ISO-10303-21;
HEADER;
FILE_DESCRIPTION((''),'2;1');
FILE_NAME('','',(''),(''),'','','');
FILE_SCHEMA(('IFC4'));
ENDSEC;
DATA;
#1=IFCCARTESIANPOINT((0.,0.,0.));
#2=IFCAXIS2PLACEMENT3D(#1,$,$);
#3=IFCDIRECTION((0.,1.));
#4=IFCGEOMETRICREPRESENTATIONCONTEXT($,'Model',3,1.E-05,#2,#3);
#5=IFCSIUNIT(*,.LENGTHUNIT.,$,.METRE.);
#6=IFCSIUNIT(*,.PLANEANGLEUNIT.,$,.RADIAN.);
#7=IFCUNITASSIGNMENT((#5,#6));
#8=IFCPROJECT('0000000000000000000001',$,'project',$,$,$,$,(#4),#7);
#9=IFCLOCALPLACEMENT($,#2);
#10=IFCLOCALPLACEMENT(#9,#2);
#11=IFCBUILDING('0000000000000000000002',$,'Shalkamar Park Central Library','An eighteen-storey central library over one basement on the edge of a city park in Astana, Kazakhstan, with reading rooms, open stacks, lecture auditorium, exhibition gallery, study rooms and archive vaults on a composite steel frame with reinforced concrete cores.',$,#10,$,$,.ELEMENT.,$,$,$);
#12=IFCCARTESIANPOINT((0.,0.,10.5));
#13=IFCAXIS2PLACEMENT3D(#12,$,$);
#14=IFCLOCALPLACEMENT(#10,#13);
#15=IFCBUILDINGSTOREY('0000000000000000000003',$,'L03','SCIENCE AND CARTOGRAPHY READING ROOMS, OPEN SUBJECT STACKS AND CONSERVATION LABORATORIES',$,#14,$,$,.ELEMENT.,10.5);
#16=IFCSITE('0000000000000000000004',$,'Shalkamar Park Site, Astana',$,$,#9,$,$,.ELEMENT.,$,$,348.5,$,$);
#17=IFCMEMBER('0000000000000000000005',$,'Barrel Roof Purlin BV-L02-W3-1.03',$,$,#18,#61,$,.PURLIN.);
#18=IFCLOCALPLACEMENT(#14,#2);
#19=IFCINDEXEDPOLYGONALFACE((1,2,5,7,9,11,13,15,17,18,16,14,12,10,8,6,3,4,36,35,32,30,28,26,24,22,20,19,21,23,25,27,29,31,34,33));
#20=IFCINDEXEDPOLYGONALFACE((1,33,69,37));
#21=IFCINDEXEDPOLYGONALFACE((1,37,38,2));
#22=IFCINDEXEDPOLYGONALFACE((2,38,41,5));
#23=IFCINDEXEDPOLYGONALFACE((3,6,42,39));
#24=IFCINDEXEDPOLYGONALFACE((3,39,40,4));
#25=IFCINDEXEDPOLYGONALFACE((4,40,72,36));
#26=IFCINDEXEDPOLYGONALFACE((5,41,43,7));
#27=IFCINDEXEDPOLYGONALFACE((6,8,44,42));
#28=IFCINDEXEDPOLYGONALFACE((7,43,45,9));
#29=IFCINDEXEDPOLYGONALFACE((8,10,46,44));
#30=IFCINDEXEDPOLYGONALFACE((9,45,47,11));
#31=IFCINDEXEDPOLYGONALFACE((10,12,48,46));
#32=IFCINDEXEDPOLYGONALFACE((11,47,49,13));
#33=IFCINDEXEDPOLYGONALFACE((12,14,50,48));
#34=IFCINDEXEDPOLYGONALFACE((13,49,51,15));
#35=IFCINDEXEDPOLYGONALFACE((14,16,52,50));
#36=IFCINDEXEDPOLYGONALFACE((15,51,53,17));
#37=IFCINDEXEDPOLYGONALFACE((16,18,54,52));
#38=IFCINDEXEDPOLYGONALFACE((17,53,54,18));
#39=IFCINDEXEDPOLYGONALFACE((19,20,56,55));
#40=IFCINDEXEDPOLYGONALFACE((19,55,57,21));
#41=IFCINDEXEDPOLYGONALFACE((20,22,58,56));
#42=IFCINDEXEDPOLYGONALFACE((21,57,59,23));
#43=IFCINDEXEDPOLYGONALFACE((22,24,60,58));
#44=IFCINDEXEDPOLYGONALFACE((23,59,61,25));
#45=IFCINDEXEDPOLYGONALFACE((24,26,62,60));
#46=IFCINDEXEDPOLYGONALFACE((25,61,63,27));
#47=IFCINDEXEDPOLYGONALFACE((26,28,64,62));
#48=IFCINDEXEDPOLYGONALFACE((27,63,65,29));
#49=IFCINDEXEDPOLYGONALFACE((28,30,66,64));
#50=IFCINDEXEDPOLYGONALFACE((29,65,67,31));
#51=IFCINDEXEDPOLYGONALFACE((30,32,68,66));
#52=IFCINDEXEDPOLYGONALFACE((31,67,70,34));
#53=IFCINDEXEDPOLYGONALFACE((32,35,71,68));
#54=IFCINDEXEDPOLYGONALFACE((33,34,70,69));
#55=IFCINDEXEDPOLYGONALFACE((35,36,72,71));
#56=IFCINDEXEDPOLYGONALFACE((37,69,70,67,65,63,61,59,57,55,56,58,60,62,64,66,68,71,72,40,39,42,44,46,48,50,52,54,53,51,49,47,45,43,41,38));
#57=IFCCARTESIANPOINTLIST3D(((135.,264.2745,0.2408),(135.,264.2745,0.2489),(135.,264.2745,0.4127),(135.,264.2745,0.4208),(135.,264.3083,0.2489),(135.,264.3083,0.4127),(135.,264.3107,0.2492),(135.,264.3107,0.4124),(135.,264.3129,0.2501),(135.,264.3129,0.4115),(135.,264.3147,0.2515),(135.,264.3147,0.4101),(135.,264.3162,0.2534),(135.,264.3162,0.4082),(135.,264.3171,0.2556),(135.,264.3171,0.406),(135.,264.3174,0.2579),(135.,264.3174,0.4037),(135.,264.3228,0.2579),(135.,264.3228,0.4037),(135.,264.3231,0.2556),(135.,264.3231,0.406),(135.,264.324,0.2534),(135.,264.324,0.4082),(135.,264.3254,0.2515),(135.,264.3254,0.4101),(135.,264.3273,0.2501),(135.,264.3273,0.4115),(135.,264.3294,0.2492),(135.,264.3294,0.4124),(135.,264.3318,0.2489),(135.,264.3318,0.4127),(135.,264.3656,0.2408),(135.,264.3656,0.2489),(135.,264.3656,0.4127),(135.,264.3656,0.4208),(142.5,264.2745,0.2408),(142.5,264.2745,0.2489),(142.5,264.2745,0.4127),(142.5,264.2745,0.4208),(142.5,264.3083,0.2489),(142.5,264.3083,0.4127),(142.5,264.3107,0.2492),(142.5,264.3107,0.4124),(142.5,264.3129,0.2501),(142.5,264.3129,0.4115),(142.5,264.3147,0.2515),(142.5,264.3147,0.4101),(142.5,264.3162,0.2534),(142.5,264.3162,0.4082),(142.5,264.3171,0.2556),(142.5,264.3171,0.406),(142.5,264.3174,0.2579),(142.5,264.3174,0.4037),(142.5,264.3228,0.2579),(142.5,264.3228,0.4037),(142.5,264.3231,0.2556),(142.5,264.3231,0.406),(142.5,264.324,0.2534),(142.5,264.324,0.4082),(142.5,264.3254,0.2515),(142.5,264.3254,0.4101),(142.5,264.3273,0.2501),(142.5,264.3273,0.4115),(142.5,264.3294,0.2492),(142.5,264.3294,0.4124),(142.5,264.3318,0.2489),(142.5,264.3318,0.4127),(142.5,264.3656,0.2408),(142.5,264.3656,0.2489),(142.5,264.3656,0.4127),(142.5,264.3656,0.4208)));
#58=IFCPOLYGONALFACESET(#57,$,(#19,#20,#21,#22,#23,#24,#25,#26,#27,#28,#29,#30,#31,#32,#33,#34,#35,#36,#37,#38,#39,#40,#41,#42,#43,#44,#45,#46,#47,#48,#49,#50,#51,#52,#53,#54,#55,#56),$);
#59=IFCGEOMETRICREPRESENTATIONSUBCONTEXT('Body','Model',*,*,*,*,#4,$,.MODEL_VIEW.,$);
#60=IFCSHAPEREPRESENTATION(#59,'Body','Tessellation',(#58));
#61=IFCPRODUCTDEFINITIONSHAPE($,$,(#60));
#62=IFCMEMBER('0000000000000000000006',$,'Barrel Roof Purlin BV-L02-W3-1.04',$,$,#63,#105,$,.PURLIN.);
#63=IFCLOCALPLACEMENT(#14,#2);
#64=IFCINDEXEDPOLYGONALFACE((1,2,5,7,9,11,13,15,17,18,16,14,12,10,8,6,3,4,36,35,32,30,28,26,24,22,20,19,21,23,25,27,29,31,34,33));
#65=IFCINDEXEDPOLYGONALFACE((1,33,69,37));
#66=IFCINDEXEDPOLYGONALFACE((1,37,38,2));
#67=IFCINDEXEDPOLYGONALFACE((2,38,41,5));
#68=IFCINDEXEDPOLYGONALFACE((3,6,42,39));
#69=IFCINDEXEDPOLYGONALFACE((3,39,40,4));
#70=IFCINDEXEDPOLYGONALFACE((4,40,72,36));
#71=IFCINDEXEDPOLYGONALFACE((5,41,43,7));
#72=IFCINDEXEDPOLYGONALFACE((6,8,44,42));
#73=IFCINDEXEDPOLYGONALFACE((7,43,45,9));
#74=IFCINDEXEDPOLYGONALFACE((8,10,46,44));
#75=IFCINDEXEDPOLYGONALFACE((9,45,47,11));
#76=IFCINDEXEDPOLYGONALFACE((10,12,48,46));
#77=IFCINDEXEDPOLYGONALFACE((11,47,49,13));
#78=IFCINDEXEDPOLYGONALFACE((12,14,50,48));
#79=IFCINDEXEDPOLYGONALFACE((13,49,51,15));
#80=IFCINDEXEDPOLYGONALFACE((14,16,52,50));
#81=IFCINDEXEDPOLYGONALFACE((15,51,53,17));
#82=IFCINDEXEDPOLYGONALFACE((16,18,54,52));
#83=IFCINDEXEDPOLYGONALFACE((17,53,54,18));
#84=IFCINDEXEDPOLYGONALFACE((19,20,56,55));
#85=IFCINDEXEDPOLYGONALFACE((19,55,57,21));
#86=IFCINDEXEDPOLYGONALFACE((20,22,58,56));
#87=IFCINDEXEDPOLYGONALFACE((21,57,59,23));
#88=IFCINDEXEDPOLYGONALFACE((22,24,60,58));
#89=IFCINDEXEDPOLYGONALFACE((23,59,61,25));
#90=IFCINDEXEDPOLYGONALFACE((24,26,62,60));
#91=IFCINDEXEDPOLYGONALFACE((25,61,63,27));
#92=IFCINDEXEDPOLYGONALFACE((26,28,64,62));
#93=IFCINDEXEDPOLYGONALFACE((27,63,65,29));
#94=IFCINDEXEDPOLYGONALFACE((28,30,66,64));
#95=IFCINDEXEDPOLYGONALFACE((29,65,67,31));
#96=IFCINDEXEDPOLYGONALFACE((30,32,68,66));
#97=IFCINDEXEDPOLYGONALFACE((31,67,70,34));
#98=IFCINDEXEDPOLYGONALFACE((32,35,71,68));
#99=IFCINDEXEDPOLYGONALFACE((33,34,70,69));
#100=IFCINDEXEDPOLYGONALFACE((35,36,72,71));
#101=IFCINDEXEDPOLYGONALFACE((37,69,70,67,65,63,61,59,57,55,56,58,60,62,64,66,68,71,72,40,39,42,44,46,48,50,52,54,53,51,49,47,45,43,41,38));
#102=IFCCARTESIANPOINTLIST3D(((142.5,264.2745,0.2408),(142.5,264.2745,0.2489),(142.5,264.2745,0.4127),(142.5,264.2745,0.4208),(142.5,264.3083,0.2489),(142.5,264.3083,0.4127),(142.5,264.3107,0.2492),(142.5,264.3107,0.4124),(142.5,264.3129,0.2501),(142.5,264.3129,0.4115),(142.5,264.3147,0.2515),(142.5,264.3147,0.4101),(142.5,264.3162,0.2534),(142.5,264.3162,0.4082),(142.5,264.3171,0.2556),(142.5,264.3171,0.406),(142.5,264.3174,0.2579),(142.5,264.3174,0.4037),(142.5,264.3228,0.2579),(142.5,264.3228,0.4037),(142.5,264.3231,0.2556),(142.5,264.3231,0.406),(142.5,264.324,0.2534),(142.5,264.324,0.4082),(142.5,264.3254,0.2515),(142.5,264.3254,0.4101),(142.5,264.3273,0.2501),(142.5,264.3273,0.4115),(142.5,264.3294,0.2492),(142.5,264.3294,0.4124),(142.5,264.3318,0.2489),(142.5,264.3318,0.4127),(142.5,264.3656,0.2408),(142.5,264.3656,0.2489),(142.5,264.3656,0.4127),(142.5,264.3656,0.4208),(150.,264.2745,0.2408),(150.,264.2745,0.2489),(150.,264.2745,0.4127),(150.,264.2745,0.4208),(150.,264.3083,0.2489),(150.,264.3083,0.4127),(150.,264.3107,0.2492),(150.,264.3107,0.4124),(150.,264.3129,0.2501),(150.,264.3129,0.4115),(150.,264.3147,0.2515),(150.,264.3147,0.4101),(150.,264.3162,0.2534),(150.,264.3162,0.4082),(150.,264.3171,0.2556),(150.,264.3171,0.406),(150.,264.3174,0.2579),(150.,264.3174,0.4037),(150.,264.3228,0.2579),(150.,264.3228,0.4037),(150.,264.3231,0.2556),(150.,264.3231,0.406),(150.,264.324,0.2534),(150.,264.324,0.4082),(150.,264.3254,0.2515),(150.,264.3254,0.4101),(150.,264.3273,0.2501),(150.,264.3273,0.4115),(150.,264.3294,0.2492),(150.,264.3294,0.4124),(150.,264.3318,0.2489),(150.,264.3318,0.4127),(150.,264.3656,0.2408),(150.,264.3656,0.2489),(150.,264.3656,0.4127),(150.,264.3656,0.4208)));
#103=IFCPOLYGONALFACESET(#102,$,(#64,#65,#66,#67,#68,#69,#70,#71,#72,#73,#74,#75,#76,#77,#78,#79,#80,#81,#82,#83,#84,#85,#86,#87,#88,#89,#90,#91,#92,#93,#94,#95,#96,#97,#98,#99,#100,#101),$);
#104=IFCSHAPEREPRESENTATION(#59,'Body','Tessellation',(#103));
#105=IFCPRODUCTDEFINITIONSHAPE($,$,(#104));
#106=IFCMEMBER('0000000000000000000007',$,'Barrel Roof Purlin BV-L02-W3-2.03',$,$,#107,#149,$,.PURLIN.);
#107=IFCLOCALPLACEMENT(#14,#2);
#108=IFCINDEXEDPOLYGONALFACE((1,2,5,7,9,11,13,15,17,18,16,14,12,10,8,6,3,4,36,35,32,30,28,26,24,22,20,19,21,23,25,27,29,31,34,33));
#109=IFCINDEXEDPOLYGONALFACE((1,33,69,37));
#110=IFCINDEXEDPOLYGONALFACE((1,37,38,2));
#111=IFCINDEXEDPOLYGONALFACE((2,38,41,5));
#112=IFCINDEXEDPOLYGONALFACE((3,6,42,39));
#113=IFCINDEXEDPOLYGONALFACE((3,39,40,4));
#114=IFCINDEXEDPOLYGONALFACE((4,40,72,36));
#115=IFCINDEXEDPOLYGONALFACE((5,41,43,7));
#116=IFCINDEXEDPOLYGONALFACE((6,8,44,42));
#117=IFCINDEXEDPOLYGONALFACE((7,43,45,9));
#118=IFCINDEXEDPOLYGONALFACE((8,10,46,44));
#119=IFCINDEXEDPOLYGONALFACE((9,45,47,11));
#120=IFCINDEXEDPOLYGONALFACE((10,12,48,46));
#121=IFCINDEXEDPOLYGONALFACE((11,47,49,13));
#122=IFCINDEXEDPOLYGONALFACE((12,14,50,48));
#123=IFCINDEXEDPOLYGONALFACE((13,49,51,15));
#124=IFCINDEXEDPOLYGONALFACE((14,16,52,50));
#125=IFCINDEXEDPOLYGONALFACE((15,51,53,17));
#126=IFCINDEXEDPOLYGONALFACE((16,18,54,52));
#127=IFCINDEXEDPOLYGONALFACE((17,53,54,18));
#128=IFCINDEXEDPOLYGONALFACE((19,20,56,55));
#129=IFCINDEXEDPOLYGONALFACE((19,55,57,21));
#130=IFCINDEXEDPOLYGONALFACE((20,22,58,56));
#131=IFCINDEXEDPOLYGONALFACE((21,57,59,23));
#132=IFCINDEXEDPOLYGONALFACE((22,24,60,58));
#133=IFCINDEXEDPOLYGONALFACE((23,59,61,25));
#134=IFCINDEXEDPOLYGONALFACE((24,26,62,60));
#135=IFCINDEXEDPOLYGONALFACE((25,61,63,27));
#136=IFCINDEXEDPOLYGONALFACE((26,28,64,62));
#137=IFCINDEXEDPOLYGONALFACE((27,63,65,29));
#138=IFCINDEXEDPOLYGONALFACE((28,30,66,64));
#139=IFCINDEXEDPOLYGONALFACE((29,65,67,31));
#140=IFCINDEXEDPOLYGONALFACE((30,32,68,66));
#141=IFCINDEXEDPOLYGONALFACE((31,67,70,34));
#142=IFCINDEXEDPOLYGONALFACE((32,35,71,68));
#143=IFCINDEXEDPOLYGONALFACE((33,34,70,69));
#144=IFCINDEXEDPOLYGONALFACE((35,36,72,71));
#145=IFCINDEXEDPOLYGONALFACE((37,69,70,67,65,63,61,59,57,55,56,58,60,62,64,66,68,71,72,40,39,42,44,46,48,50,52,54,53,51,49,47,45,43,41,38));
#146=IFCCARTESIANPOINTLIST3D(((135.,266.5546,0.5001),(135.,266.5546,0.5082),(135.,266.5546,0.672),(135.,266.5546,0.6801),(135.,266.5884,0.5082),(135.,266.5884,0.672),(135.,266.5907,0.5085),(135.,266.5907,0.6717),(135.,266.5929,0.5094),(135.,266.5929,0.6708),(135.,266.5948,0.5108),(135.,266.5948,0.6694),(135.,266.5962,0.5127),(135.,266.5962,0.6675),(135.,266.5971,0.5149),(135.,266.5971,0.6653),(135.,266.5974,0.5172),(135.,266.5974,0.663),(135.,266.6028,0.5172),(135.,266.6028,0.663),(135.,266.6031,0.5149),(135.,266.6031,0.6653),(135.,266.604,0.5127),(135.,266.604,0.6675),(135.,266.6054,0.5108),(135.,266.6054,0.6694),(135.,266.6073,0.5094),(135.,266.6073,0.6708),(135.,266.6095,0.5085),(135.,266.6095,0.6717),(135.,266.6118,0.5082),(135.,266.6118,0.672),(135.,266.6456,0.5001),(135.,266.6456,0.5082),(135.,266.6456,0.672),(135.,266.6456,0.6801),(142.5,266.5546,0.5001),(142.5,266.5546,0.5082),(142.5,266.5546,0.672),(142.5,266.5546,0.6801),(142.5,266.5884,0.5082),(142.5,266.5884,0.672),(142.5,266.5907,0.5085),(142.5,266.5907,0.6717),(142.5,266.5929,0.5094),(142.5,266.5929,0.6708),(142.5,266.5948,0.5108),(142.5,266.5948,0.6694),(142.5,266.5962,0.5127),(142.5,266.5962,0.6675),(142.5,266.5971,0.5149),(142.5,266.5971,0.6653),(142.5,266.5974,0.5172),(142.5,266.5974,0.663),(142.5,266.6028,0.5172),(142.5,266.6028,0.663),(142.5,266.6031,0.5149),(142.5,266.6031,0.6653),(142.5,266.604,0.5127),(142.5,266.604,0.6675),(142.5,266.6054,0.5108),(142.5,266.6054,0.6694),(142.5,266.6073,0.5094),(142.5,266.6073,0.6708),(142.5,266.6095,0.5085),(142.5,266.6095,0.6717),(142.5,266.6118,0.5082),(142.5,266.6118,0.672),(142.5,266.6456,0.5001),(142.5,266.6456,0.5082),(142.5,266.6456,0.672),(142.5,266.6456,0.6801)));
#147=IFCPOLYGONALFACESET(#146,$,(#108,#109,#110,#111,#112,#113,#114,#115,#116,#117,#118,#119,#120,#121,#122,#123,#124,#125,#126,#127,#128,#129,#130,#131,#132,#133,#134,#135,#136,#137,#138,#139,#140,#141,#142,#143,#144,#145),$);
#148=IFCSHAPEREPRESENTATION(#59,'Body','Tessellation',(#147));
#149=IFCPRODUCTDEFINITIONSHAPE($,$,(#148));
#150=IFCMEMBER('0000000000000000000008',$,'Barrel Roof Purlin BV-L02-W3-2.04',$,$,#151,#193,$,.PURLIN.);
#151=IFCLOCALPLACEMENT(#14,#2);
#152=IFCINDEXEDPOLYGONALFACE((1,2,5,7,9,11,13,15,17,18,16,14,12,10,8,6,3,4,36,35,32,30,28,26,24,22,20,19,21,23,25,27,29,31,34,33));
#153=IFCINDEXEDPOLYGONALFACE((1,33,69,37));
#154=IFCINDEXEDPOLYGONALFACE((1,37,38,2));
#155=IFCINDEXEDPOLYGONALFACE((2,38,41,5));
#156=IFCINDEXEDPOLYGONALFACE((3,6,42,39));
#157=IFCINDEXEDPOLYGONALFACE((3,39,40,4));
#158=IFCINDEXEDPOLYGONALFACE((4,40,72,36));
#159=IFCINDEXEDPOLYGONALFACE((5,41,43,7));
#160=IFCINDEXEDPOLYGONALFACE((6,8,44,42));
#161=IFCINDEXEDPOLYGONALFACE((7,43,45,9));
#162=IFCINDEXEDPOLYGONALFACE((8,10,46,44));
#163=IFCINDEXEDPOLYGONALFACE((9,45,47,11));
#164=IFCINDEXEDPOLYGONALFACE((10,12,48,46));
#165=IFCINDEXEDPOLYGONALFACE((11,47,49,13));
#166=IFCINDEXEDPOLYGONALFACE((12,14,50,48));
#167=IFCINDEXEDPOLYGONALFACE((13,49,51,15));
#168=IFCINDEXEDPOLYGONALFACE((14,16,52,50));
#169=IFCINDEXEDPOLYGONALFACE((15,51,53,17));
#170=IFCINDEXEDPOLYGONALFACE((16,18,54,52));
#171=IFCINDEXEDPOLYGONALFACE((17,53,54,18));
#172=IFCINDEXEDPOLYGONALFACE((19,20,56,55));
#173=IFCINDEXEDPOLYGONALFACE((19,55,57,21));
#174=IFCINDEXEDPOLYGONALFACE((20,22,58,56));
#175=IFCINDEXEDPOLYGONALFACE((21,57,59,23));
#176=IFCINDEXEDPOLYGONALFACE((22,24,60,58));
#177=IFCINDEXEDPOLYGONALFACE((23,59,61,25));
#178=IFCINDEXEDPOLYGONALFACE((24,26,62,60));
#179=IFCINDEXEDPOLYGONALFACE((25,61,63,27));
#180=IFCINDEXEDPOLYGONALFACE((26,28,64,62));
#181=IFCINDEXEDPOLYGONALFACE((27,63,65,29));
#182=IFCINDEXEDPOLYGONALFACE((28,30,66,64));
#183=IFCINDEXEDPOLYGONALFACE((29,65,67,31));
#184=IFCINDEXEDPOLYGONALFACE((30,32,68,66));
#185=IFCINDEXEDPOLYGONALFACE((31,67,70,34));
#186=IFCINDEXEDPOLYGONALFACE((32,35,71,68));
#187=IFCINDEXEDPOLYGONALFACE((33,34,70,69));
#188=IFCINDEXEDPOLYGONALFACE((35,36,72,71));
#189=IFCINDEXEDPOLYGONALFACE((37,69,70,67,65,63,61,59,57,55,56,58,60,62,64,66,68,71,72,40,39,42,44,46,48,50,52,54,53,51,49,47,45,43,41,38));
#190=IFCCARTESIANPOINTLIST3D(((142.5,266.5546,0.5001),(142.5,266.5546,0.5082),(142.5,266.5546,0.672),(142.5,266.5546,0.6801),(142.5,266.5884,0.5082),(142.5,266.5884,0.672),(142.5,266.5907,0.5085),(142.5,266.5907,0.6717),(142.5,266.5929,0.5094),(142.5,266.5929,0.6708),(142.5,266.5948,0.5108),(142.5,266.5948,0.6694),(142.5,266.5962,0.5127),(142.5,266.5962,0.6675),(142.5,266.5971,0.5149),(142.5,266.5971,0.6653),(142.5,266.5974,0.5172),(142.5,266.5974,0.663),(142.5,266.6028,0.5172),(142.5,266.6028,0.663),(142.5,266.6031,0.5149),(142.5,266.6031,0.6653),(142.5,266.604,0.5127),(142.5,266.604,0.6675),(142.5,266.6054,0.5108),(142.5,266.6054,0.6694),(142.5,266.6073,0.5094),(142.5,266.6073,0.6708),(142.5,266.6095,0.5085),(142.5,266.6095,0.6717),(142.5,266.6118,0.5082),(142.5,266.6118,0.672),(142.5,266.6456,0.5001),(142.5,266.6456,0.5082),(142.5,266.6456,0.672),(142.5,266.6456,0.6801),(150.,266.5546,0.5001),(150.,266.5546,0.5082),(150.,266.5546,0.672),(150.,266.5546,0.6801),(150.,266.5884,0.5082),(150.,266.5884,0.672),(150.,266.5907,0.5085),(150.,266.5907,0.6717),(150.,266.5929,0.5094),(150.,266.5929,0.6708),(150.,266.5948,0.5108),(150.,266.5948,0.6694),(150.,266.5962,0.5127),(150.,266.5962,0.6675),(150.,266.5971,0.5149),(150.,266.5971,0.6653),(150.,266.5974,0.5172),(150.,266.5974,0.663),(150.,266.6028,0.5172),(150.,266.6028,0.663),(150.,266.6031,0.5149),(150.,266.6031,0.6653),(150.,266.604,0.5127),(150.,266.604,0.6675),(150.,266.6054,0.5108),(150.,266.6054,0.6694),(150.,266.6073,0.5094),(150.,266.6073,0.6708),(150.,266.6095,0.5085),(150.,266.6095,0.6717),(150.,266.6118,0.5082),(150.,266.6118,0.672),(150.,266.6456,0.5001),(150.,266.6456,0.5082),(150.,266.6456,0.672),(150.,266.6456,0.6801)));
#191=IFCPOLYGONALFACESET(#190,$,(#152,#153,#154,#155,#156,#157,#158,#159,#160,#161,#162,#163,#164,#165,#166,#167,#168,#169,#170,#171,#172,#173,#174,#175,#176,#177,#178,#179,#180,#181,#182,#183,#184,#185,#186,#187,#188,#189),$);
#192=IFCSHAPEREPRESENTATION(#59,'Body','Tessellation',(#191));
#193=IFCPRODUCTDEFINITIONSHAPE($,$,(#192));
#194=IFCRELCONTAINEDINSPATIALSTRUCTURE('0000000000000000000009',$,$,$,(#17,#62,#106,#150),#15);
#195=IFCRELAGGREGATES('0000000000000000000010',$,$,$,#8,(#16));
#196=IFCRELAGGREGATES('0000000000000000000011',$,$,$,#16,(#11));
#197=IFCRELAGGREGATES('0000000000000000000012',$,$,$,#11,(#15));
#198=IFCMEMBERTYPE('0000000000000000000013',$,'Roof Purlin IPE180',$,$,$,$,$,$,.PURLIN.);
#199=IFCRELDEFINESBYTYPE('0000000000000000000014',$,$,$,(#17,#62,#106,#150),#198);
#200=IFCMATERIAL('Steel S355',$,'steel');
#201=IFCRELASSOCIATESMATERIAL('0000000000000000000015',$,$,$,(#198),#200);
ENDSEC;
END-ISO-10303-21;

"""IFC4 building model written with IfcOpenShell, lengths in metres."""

from ifc_helpers import new_model, si_unit, direction, frame, origin, origin_2d, place, context, subcontext, project, spatial, i_section, extrude, material, material_profile, profile_set, type_object, element, save


model = new_model("IFC4")

# Units and contexts
model_context = context("Model", 3, precision=1e-05, world=origin(), true_north=direction((0.0, 1.0)))
body_context = subcontext(model_context, "Body", "Model", "MODEL_VIEW")
ifc_project = project(units=[si_unit("LENGTHUNIT", "METRE"), si_unit("PLANEANGLEUNIT", "RADIAN")], contexts=[model_context])

# Site, building, storey
site_placement = place(None, origin())
site = spatial("IfcSite", under=ifc_project, at=site_placement, Name="Shalkamar Park Site, Astana", CompositionType="ELEMENT", RefElevation=348.5)
building_placement = place(site_placement, origin())
building = spatial("IfcBuilding", under=site, at=building_placement, Name="Shalkamar Park Central Library", Description="An eighteen-storey central library over one basement on the edge of a city park in Astana, Kazakhstan, with reading rooms, open stacks, lecture auditorium, exhibition gallery, study rooms and archive vaults on a composite steel frame with reinforced concrete cores.", CompositionType="ELEMENT")
storey_placement = place(building_placement, frame((0.0, 0.0, 10.5)))
storey = spatial("IfcBuildingStorey", under=building, at=storey_placement, Name="L03", Description="SCIENCE AND CARTOGRAPHY READING ROOMS, OPEN SUBJECT STACKS AND CONSERVATION LABORATORIES", CompositionType="ELEMENT", Elevation=10.5)

# Members
ifc_material_1 = material(Name="Steel S355", Category="steel")
ifc_material_profile_1 = material_profile(ifc_material_1, i_section(OverallWidth=0.0911, OverallDepth=0.1799, WebThickness=0.0054, FlangeThickness=0.0081, FilletRadius=0.009, at=origin_2d()), Name="IPE 180")
ifc_profile_set_1 = profile_set([ifc_material_profile_1], Name="Steel S355")
member_type_1 = type_object("IfcMemberType", Name="Roof Purlin IPE180", PredefinedType="PURLIN", material=ifc_profile_set_1)
for number, where, z_axis, x_axis, name in (
    (1, (135.0, 264.3201, 0.3308), (1.0, 0.0, 0.0), (0.0, 1.0, 0.0), "Barrel Roof Purlin BV-L02-W3-1.03"),
    (2, (142.5, 264.3201, 0.3308), (1.0, 0.0, 0.0), (0.0, 1.0, 0.0), "Barrel Roof Purlin BV-L02-W3-1.04"),
    (3, (135.0, 266.6001, 0.5901), (1.0, 0.0, 0.0), (0.0, 1.0, 0.0), "Barrel Roof Purlin BV-L02-W3-2.03"),
    (4, (142.5, 266.6001, 0.5901), (1.0, 0.0, 0.0), (0.0, 1.0, 0.0), "Barrel Roof Purlin BV-L02-W3-2.04"),
):
    element("IfcMember", number, at=place(storey_placement, frame(where, z_axis=z_axis, x_axis=x_axis)), inside=storey, type_object=member_type_1, Name=name, PredefinedType="PURLIN", context=body_context, shape_type="SweptSolid", body=[
        extrude(i_section(OverallWidth=0.0911, OverallDepth=0.1799, WebThickness=0.0054, FlangeThickness=0.0081, FilletRadius=0.009, at=origin_2d()), origin(), (0.0, 0.0, 1.0), 7.5),
    ])

save(model, "model.ifc")
